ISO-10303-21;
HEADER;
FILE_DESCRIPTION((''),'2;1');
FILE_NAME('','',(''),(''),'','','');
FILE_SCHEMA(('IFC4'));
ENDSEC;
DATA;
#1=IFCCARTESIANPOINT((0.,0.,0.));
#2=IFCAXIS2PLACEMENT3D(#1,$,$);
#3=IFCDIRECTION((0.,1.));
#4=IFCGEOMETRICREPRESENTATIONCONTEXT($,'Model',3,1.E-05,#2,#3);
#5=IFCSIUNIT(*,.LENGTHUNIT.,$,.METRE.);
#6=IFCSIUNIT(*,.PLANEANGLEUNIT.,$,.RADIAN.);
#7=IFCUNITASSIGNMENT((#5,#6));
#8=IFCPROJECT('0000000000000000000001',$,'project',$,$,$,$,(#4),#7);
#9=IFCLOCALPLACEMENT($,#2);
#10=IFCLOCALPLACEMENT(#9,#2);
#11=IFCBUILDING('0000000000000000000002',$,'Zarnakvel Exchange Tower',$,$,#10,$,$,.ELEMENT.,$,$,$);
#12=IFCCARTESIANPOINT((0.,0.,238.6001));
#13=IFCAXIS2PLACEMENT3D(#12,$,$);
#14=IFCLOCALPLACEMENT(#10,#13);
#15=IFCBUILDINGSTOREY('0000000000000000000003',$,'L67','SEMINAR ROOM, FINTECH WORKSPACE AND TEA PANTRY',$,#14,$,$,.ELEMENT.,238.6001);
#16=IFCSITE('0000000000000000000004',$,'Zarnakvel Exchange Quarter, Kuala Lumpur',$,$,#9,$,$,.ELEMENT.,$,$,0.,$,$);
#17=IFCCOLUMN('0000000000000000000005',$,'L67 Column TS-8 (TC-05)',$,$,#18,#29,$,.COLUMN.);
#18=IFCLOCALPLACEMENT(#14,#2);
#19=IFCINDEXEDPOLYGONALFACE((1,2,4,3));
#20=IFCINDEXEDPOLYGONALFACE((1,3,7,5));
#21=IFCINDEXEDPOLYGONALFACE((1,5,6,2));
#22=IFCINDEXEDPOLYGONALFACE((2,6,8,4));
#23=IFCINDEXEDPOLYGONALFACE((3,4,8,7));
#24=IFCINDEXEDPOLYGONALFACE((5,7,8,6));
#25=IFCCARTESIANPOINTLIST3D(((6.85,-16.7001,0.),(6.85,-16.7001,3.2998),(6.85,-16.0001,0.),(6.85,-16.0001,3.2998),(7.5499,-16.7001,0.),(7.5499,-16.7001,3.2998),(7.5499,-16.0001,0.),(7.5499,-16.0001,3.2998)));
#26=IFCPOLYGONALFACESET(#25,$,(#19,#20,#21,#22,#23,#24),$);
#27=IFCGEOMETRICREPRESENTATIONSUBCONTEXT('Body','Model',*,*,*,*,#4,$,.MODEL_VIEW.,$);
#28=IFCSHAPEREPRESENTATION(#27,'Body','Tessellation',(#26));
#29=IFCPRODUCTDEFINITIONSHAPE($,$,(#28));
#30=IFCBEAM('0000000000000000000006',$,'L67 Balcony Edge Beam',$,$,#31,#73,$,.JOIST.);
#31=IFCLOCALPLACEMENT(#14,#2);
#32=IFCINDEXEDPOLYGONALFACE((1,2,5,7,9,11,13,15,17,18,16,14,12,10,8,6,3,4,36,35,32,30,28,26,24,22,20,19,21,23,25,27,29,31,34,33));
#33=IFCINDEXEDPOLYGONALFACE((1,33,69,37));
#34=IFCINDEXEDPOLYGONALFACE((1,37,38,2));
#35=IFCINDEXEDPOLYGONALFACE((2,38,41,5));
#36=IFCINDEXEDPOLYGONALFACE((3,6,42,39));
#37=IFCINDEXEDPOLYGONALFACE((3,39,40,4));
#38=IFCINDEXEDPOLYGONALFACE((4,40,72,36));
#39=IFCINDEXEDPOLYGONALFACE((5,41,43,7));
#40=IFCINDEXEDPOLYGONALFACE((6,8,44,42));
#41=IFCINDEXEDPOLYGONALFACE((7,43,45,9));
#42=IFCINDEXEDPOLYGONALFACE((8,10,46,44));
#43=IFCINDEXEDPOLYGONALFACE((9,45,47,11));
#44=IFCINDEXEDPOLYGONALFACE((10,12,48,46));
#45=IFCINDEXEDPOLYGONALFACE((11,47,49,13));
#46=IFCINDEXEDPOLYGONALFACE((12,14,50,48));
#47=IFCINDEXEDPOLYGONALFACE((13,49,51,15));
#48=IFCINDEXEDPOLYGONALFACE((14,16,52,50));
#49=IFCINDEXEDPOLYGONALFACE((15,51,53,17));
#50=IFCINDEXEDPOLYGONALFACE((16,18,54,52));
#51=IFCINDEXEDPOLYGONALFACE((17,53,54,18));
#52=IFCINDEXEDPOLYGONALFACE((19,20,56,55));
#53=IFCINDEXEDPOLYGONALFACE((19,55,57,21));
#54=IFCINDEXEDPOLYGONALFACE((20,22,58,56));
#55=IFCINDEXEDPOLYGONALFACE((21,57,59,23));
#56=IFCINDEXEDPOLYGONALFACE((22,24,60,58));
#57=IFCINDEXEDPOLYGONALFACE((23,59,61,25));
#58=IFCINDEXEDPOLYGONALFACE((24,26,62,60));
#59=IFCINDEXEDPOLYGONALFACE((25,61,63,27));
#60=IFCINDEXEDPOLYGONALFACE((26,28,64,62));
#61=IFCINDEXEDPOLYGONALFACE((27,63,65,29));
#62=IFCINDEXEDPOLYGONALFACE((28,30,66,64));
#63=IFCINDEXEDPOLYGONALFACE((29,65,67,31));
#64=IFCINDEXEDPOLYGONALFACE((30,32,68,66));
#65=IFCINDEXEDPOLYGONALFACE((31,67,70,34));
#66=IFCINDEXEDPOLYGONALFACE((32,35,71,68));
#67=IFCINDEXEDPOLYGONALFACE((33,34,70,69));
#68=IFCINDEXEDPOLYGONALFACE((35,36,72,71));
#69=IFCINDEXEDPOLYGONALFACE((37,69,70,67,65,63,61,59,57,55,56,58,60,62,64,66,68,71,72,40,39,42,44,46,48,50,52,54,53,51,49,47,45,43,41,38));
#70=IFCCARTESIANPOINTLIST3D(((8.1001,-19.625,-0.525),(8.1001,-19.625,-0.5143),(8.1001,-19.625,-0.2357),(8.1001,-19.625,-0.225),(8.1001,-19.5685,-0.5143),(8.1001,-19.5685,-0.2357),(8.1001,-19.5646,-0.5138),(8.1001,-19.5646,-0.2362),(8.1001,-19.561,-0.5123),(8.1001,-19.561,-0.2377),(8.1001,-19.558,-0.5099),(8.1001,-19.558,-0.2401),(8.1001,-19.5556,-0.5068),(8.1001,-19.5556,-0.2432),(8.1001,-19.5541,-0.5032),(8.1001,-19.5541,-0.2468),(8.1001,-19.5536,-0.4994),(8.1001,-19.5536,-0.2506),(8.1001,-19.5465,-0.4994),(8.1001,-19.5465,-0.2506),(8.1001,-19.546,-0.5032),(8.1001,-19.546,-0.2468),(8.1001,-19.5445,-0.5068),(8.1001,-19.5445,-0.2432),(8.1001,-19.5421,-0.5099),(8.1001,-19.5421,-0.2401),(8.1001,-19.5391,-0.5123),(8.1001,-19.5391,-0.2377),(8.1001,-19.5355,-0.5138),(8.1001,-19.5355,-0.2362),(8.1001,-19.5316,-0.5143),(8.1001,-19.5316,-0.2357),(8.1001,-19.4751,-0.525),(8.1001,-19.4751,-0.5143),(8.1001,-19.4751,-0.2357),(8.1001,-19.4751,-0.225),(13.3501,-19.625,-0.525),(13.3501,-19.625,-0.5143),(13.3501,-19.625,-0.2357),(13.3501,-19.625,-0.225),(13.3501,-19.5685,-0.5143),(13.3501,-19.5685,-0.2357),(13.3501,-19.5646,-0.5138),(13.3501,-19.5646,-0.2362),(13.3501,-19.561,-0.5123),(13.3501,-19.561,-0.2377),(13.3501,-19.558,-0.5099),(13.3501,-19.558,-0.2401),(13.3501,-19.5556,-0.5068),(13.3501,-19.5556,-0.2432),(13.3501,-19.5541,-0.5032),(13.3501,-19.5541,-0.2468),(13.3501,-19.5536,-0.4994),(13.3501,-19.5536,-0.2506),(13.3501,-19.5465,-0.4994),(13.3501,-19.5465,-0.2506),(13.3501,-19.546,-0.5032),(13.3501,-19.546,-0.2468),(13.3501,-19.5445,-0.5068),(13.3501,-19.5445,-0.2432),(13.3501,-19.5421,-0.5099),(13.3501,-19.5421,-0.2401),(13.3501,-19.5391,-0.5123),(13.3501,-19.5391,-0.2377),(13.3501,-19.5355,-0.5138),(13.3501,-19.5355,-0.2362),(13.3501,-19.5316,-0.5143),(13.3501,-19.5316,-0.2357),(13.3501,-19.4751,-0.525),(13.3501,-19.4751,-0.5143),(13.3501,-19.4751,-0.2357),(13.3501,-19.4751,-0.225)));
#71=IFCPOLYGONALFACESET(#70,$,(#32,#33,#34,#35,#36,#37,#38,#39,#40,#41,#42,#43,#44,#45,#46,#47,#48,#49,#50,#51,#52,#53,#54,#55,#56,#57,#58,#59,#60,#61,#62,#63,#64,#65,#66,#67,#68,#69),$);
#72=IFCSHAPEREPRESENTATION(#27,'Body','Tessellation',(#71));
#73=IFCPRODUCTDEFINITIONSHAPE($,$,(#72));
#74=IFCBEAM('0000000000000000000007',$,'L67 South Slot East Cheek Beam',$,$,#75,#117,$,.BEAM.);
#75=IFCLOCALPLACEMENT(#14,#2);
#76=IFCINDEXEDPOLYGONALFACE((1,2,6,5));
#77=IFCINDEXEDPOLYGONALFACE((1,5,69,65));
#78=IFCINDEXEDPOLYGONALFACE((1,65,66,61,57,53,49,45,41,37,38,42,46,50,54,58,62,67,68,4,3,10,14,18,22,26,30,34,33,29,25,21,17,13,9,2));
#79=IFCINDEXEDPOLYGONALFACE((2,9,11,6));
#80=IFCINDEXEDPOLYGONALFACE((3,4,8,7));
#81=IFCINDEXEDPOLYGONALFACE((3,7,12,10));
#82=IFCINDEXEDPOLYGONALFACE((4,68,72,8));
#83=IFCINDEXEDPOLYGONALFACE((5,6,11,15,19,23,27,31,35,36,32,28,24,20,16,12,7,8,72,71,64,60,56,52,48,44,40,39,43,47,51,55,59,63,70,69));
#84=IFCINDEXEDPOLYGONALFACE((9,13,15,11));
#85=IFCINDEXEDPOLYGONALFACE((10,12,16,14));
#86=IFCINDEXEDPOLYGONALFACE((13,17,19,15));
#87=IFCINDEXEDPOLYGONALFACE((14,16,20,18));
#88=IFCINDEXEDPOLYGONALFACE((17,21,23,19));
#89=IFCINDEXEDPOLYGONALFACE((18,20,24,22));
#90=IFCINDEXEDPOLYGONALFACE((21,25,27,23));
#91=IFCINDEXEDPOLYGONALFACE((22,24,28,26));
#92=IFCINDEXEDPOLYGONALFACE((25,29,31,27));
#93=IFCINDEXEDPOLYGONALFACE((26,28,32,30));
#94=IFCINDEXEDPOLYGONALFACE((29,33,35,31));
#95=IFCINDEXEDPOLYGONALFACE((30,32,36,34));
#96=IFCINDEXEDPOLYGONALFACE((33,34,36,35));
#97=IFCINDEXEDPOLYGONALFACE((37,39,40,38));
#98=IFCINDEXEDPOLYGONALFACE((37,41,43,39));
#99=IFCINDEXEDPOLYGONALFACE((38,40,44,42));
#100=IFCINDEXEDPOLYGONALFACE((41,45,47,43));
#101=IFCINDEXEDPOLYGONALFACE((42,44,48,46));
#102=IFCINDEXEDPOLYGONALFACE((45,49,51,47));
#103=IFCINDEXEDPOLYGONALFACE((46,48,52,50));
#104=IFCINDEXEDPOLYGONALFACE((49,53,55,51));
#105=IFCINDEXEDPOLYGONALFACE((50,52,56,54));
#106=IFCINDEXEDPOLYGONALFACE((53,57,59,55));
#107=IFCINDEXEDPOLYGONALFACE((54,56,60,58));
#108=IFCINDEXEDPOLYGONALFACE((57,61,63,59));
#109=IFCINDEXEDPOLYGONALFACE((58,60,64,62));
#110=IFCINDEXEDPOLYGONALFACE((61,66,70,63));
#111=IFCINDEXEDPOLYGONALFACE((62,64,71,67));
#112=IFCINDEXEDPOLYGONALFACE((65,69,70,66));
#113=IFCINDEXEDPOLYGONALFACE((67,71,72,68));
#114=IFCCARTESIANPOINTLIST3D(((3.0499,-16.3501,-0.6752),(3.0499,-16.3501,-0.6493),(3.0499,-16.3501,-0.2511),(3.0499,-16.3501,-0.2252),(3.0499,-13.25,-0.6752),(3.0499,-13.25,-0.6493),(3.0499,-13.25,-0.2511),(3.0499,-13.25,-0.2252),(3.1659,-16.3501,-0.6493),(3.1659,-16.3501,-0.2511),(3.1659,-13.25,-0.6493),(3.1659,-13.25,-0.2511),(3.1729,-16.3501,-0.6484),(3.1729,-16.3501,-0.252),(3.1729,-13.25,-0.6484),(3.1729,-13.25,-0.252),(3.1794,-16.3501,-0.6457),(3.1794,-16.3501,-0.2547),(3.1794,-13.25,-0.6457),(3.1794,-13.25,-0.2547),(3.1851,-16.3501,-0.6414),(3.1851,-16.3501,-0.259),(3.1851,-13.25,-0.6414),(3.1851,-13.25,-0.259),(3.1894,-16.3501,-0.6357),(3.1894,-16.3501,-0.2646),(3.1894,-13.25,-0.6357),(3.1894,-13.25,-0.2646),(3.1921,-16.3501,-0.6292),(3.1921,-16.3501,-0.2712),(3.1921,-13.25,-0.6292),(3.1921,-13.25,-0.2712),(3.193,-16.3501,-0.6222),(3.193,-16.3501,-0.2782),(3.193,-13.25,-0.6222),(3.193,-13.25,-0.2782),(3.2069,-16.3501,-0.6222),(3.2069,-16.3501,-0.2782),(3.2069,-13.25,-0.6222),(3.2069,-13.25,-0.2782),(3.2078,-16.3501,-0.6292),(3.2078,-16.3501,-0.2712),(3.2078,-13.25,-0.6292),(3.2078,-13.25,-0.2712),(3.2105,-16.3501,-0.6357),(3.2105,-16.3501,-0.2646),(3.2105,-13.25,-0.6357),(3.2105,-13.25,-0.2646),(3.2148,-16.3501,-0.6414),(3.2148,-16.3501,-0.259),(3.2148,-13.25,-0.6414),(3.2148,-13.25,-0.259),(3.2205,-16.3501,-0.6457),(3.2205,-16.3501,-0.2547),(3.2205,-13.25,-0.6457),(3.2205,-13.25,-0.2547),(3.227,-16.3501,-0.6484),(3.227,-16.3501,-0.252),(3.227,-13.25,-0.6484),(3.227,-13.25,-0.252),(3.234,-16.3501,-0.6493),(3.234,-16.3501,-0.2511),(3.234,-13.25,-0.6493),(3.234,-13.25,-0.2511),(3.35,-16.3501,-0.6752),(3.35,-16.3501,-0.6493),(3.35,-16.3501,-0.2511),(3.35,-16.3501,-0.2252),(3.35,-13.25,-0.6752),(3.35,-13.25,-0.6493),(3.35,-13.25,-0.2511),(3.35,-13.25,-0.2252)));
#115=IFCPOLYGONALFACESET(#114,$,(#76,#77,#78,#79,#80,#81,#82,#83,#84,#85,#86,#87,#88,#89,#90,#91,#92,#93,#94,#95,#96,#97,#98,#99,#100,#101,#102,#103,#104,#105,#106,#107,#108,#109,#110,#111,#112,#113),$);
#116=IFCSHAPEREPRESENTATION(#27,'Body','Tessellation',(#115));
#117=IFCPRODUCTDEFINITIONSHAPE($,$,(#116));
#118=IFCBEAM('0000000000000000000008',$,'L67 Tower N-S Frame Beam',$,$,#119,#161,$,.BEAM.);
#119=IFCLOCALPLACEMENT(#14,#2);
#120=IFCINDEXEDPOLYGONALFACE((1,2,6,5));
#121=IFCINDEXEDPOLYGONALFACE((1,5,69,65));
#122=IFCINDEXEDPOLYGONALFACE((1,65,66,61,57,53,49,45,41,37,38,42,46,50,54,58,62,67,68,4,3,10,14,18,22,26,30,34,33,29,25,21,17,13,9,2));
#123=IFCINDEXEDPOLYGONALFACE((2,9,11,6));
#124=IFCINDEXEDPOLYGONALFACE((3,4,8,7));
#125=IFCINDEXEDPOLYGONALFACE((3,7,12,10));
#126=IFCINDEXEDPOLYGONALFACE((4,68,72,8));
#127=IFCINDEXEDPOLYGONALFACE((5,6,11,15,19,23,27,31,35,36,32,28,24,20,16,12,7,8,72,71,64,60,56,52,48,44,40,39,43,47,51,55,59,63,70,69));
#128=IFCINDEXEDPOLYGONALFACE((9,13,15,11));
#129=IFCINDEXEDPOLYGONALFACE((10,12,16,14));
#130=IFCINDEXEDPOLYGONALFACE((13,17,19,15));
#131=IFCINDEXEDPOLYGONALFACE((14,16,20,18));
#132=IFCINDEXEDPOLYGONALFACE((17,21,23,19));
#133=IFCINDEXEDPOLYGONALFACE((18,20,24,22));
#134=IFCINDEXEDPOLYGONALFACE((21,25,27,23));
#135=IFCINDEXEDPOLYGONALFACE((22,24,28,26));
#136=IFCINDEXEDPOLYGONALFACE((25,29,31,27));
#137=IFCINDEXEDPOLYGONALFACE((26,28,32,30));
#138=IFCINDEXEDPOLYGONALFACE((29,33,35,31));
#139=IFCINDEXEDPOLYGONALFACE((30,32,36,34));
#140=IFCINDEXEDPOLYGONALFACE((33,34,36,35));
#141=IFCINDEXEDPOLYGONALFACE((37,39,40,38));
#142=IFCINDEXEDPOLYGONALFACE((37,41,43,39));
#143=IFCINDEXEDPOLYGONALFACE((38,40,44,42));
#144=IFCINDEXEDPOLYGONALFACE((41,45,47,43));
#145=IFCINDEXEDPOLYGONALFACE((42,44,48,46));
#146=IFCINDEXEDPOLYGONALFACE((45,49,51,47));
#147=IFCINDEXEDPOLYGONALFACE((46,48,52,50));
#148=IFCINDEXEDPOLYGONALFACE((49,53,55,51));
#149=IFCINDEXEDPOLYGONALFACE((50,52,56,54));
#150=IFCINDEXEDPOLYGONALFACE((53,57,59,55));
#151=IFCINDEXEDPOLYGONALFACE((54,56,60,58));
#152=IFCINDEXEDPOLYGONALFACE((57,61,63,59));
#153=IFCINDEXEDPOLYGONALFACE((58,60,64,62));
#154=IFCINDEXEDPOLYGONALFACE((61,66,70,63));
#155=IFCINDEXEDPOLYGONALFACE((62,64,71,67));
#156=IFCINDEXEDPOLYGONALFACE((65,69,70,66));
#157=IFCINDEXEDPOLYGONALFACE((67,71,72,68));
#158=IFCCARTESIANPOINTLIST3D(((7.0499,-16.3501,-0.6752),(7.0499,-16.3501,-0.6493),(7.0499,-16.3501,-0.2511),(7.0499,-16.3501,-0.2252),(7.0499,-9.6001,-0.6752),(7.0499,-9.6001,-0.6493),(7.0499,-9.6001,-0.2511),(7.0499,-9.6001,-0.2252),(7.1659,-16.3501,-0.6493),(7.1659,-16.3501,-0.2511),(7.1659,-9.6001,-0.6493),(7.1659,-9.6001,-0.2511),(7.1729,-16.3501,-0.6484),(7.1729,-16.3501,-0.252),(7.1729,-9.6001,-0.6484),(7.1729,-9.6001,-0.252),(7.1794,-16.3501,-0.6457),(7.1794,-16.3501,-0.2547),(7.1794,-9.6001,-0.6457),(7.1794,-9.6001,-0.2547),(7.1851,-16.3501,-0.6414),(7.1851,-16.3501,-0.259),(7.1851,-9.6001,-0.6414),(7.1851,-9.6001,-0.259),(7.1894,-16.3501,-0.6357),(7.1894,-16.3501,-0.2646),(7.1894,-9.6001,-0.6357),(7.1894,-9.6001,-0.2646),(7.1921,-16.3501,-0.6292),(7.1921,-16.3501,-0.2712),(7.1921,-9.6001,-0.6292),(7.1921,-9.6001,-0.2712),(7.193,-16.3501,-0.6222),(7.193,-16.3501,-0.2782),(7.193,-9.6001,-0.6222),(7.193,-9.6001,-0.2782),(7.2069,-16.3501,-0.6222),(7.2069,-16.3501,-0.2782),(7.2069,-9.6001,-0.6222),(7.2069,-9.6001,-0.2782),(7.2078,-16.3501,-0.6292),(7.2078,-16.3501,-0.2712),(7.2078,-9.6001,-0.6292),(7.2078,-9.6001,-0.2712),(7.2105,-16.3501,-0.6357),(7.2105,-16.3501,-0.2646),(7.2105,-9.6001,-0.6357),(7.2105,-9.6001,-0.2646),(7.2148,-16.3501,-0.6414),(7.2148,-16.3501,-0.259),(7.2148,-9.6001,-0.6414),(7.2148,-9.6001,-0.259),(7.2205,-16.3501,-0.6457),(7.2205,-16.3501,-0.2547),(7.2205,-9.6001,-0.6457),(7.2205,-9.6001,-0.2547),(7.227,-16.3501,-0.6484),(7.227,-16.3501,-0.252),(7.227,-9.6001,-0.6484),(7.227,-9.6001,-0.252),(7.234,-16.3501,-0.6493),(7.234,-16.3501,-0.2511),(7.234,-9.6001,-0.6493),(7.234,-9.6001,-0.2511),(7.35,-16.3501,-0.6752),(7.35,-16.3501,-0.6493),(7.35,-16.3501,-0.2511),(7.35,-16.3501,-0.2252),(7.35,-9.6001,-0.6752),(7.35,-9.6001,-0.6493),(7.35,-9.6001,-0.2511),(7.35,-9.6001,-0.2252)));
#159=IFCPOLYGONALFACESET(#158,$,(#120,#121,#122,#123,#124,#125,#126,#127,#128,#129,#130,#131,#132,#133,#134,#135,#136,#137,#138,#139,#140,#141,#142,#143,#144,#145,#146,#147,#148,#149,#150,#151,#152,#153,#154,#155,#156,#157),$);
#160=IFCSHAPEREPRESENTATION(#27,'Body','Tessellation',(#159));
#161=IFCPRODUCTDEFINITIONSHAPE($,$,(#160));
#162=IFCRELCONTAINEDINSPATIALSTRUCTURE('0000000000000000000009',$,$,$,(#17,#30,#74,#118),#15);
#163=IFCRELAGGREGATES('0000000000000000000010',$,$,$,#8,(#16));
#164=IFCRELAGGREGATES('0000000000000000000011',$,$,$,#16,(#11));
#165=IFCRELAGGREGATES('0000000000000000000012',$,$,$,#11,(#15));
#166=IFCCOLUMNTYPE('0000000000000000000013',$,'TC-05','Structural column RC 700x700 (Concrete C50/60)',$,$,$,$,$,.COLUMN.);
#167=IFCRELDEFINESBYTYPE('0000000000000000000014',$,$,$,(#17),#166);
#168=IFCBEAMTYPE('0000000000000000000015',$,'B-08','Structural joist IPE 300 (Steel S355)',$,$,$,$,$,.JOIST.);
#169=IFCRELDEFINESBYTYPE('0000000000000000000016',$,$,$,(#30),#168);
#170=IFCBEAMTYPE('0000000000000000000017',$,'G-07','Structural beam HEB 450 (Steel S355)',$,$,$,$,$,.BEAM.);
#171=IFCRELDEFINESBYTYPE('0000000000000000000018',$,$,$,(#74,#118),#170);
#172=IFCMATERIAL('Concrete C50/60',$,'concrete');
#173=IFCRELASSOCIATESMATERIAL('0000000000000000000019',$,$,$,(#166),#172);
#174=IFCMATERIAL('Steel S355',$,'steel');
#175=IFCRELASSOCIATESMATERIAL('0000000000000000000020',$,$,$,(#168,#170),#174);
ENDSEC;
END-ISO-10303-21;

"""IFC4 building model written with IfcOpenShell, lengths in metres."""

from ifc_helpers import new_model, si_unit, direction, frame, origin, origin_2d, place, context, subcontext, project, spatial, rectangle, i_section, extrude, material, material_profile, profile_set, type_object, element, save


model = new_model("IFC4")

# Units and contexts
model_context = context("Model", 3, precision=1e-05, world=origin(), true_north=direction((0.0, 1.0)))
body_context = subcontext(model_context, "Body", "Model", "MODEL_VIEW")
ifc_project = project(units=[si_unit("LENGTHUNIT", "METRE"), si_unit("PLANEANGLEUNIT", "RADIAN")], contexts=[model_context])

# Site, building, storey
site_placement = place(None, origin())
site = spatial("IfcSite", under=ifc_project, at=site_placement, Name="Zarnakvel Exchange Quarter, Kuala Lumpur", CompositionType="ELEMENT", RefElevation=0.0)
building_placement = place(site_placement, origin())
building = spatial("IfcBuilding", under=site, at=building_placement, Name="Zarnakvel Exchange Tower", CompositionType="ELEMENT")
storey_placement = place(building_placement, frame((0.0, 0.0, 238.6001)))
storey = spatial("IfcBuildingStorey", under=building, at=storey_placement, Name="L67", Description="SEMINAR ROOM, FINTECH WORKSPACE AND TEA PANTRY", CompositionType="ELEMENT", Elevation=238.6001)

# Column
ifc_material_1 = material(Name="Concrete C50/60", Category="concrete")
ifc_material_profile_1 = material_profile(ifc_material_1, rectangle(XDim=0.7, YDim=0.7, at=origin_2d()))
ifc_profile_set_1 = profile_set([ifc_material_profile_1], Name="Concrete C50/60")
column_type = type_object("IfcColumnType", Name="TC-05", Description="Structural column RC 700x700 (Concrete C50/60)", PredefinedType="COLUMN", material=ifc_profile_set_1)
column_placement = place(storey_placement, frame((7.2, -16.3501, 0.0), z_axis=(0.0, 0.0, 1.0), x_axis=(1.0, 0.0, 0.0)))
element("IfcColumn", 1, at=column_placement, inside=storey, type_object=column_type, Name="L67 Column TS-8 (TC-05)", PredefinedType="COLUMN", context=body_context, shape_type="SweptSolid", body=[
    extrude(rectangle(XDim=0.7, YDim=0.7, at=origin_2d()), origin(), (0.0, 0.0, 1.0), 3.2998),
])

# Beams
ifc_material_2 = material(Name="Steel S355", Category="steel")
ifc_material_profile_2 = material_profile(ifc_material_2, i_section(OverallWidth=0.1499, OverallDepth=0.3, WebThickness=0.0071, FlangeThickness=0.0107, FilletRadius=0.0149, at=origin_2d()))
ifc_profile_set_2 = profile_set([ifc_material_profile_2], Name="Steel S355")
beam_type_1 = type_object("IfcBeamType", Name="B-08", Description="Structural joist IPE 300 (Steel S355)", PredefinedType="JOIST", material=ifc_profile_set_2)
beam_1_placement = place(storey_placement, frame((8.1001, -19.55, -0.375), z_axis=(1.0, 0.0, 0.0), x_axis=(0.0, 1.0, 0.0)))
element("IfcBeam", 2, at=beam_1_placement, inside=storey, type_object=beam_type_1, Name="L67 Balcony Edge Beam", PredefinedType="JOIST", context=body_context, shape_type="SweptSolid", body=[
    extrude(i_section(OverallWidth=0.1499, OverallDepth=0.3, WebThickness=0.0071, FlangeThickness=0.0107, FilletRadius=0.0149, at=origin_2d()), origin(), (0.0, 0.0, 1.0), 5.25),
])
ifc_material_profile_3 = material_profile(ifc_material_2, i_section(OverallWidth=0.3, OverallDepth=0.45, WebThickness=0.0139, FlangeThickness=0.0259, FilletRadius=0.0271, at=origin_2d()))
ifc_profile_set_3 = profile_set([ifc_material_profile_3], Name="Steel S355")
beam_type_2 = type_object("IfcBeamType", Name="G-07", Description="Structural beam HEB 450 (Steel S355)", PredefinedType="BEAM", material=ifc_profile_set_3)
beam_2_placement = place(storey_placement, frame((3.2, -16.3501, -0.4502), z_axis=(0.0, 1.0, 0.0), x_axis=(-1.0, 0.0, 0.0)))
element("IfcBeam", 3, at=beam_2_placement, inside=storey, type_object=beam_type_2, Name="L67 South Slot East Cheek Beam", PredefinedType="BEAM", context=body_context, shape_type="SweptSolid", body=[
    extrude(i_section(OverallWidth=0.3, OverallDepth=0.45, WebThickness=0.0139, FlangeThickness=0.0259, FilletRadius=0.0271, at=origin_2d()), origin(), (0.0, 0.0, 1.0), 3.1001),
])
beam_3_placement = place(storey_placement, frame((7.2, -16.3501, -0.4502), z_axis=(0.0, 1.0, 0.0), x_axis=(-1.0, 0.0, 0.0)))
element("IfcBeam", 4, at=beam_3_placement, inside=storey, type_object=beam_type_2, Name="L67 Tower N-S Frame Beam", PredefinedType="BEAM", context=body_context, shape_type="SweptSolid", body=[
    extrude(i_section(OverallWidth=0.3, OverallDepth=0.45, WebThickness=0.0139, FlangeThickness=0.0259, FilletRadius=0.0271, at=origin_2d()), origin(), (0.0, 0.0, 1.0), 6.75),
])

save(model, "model.ifc")
